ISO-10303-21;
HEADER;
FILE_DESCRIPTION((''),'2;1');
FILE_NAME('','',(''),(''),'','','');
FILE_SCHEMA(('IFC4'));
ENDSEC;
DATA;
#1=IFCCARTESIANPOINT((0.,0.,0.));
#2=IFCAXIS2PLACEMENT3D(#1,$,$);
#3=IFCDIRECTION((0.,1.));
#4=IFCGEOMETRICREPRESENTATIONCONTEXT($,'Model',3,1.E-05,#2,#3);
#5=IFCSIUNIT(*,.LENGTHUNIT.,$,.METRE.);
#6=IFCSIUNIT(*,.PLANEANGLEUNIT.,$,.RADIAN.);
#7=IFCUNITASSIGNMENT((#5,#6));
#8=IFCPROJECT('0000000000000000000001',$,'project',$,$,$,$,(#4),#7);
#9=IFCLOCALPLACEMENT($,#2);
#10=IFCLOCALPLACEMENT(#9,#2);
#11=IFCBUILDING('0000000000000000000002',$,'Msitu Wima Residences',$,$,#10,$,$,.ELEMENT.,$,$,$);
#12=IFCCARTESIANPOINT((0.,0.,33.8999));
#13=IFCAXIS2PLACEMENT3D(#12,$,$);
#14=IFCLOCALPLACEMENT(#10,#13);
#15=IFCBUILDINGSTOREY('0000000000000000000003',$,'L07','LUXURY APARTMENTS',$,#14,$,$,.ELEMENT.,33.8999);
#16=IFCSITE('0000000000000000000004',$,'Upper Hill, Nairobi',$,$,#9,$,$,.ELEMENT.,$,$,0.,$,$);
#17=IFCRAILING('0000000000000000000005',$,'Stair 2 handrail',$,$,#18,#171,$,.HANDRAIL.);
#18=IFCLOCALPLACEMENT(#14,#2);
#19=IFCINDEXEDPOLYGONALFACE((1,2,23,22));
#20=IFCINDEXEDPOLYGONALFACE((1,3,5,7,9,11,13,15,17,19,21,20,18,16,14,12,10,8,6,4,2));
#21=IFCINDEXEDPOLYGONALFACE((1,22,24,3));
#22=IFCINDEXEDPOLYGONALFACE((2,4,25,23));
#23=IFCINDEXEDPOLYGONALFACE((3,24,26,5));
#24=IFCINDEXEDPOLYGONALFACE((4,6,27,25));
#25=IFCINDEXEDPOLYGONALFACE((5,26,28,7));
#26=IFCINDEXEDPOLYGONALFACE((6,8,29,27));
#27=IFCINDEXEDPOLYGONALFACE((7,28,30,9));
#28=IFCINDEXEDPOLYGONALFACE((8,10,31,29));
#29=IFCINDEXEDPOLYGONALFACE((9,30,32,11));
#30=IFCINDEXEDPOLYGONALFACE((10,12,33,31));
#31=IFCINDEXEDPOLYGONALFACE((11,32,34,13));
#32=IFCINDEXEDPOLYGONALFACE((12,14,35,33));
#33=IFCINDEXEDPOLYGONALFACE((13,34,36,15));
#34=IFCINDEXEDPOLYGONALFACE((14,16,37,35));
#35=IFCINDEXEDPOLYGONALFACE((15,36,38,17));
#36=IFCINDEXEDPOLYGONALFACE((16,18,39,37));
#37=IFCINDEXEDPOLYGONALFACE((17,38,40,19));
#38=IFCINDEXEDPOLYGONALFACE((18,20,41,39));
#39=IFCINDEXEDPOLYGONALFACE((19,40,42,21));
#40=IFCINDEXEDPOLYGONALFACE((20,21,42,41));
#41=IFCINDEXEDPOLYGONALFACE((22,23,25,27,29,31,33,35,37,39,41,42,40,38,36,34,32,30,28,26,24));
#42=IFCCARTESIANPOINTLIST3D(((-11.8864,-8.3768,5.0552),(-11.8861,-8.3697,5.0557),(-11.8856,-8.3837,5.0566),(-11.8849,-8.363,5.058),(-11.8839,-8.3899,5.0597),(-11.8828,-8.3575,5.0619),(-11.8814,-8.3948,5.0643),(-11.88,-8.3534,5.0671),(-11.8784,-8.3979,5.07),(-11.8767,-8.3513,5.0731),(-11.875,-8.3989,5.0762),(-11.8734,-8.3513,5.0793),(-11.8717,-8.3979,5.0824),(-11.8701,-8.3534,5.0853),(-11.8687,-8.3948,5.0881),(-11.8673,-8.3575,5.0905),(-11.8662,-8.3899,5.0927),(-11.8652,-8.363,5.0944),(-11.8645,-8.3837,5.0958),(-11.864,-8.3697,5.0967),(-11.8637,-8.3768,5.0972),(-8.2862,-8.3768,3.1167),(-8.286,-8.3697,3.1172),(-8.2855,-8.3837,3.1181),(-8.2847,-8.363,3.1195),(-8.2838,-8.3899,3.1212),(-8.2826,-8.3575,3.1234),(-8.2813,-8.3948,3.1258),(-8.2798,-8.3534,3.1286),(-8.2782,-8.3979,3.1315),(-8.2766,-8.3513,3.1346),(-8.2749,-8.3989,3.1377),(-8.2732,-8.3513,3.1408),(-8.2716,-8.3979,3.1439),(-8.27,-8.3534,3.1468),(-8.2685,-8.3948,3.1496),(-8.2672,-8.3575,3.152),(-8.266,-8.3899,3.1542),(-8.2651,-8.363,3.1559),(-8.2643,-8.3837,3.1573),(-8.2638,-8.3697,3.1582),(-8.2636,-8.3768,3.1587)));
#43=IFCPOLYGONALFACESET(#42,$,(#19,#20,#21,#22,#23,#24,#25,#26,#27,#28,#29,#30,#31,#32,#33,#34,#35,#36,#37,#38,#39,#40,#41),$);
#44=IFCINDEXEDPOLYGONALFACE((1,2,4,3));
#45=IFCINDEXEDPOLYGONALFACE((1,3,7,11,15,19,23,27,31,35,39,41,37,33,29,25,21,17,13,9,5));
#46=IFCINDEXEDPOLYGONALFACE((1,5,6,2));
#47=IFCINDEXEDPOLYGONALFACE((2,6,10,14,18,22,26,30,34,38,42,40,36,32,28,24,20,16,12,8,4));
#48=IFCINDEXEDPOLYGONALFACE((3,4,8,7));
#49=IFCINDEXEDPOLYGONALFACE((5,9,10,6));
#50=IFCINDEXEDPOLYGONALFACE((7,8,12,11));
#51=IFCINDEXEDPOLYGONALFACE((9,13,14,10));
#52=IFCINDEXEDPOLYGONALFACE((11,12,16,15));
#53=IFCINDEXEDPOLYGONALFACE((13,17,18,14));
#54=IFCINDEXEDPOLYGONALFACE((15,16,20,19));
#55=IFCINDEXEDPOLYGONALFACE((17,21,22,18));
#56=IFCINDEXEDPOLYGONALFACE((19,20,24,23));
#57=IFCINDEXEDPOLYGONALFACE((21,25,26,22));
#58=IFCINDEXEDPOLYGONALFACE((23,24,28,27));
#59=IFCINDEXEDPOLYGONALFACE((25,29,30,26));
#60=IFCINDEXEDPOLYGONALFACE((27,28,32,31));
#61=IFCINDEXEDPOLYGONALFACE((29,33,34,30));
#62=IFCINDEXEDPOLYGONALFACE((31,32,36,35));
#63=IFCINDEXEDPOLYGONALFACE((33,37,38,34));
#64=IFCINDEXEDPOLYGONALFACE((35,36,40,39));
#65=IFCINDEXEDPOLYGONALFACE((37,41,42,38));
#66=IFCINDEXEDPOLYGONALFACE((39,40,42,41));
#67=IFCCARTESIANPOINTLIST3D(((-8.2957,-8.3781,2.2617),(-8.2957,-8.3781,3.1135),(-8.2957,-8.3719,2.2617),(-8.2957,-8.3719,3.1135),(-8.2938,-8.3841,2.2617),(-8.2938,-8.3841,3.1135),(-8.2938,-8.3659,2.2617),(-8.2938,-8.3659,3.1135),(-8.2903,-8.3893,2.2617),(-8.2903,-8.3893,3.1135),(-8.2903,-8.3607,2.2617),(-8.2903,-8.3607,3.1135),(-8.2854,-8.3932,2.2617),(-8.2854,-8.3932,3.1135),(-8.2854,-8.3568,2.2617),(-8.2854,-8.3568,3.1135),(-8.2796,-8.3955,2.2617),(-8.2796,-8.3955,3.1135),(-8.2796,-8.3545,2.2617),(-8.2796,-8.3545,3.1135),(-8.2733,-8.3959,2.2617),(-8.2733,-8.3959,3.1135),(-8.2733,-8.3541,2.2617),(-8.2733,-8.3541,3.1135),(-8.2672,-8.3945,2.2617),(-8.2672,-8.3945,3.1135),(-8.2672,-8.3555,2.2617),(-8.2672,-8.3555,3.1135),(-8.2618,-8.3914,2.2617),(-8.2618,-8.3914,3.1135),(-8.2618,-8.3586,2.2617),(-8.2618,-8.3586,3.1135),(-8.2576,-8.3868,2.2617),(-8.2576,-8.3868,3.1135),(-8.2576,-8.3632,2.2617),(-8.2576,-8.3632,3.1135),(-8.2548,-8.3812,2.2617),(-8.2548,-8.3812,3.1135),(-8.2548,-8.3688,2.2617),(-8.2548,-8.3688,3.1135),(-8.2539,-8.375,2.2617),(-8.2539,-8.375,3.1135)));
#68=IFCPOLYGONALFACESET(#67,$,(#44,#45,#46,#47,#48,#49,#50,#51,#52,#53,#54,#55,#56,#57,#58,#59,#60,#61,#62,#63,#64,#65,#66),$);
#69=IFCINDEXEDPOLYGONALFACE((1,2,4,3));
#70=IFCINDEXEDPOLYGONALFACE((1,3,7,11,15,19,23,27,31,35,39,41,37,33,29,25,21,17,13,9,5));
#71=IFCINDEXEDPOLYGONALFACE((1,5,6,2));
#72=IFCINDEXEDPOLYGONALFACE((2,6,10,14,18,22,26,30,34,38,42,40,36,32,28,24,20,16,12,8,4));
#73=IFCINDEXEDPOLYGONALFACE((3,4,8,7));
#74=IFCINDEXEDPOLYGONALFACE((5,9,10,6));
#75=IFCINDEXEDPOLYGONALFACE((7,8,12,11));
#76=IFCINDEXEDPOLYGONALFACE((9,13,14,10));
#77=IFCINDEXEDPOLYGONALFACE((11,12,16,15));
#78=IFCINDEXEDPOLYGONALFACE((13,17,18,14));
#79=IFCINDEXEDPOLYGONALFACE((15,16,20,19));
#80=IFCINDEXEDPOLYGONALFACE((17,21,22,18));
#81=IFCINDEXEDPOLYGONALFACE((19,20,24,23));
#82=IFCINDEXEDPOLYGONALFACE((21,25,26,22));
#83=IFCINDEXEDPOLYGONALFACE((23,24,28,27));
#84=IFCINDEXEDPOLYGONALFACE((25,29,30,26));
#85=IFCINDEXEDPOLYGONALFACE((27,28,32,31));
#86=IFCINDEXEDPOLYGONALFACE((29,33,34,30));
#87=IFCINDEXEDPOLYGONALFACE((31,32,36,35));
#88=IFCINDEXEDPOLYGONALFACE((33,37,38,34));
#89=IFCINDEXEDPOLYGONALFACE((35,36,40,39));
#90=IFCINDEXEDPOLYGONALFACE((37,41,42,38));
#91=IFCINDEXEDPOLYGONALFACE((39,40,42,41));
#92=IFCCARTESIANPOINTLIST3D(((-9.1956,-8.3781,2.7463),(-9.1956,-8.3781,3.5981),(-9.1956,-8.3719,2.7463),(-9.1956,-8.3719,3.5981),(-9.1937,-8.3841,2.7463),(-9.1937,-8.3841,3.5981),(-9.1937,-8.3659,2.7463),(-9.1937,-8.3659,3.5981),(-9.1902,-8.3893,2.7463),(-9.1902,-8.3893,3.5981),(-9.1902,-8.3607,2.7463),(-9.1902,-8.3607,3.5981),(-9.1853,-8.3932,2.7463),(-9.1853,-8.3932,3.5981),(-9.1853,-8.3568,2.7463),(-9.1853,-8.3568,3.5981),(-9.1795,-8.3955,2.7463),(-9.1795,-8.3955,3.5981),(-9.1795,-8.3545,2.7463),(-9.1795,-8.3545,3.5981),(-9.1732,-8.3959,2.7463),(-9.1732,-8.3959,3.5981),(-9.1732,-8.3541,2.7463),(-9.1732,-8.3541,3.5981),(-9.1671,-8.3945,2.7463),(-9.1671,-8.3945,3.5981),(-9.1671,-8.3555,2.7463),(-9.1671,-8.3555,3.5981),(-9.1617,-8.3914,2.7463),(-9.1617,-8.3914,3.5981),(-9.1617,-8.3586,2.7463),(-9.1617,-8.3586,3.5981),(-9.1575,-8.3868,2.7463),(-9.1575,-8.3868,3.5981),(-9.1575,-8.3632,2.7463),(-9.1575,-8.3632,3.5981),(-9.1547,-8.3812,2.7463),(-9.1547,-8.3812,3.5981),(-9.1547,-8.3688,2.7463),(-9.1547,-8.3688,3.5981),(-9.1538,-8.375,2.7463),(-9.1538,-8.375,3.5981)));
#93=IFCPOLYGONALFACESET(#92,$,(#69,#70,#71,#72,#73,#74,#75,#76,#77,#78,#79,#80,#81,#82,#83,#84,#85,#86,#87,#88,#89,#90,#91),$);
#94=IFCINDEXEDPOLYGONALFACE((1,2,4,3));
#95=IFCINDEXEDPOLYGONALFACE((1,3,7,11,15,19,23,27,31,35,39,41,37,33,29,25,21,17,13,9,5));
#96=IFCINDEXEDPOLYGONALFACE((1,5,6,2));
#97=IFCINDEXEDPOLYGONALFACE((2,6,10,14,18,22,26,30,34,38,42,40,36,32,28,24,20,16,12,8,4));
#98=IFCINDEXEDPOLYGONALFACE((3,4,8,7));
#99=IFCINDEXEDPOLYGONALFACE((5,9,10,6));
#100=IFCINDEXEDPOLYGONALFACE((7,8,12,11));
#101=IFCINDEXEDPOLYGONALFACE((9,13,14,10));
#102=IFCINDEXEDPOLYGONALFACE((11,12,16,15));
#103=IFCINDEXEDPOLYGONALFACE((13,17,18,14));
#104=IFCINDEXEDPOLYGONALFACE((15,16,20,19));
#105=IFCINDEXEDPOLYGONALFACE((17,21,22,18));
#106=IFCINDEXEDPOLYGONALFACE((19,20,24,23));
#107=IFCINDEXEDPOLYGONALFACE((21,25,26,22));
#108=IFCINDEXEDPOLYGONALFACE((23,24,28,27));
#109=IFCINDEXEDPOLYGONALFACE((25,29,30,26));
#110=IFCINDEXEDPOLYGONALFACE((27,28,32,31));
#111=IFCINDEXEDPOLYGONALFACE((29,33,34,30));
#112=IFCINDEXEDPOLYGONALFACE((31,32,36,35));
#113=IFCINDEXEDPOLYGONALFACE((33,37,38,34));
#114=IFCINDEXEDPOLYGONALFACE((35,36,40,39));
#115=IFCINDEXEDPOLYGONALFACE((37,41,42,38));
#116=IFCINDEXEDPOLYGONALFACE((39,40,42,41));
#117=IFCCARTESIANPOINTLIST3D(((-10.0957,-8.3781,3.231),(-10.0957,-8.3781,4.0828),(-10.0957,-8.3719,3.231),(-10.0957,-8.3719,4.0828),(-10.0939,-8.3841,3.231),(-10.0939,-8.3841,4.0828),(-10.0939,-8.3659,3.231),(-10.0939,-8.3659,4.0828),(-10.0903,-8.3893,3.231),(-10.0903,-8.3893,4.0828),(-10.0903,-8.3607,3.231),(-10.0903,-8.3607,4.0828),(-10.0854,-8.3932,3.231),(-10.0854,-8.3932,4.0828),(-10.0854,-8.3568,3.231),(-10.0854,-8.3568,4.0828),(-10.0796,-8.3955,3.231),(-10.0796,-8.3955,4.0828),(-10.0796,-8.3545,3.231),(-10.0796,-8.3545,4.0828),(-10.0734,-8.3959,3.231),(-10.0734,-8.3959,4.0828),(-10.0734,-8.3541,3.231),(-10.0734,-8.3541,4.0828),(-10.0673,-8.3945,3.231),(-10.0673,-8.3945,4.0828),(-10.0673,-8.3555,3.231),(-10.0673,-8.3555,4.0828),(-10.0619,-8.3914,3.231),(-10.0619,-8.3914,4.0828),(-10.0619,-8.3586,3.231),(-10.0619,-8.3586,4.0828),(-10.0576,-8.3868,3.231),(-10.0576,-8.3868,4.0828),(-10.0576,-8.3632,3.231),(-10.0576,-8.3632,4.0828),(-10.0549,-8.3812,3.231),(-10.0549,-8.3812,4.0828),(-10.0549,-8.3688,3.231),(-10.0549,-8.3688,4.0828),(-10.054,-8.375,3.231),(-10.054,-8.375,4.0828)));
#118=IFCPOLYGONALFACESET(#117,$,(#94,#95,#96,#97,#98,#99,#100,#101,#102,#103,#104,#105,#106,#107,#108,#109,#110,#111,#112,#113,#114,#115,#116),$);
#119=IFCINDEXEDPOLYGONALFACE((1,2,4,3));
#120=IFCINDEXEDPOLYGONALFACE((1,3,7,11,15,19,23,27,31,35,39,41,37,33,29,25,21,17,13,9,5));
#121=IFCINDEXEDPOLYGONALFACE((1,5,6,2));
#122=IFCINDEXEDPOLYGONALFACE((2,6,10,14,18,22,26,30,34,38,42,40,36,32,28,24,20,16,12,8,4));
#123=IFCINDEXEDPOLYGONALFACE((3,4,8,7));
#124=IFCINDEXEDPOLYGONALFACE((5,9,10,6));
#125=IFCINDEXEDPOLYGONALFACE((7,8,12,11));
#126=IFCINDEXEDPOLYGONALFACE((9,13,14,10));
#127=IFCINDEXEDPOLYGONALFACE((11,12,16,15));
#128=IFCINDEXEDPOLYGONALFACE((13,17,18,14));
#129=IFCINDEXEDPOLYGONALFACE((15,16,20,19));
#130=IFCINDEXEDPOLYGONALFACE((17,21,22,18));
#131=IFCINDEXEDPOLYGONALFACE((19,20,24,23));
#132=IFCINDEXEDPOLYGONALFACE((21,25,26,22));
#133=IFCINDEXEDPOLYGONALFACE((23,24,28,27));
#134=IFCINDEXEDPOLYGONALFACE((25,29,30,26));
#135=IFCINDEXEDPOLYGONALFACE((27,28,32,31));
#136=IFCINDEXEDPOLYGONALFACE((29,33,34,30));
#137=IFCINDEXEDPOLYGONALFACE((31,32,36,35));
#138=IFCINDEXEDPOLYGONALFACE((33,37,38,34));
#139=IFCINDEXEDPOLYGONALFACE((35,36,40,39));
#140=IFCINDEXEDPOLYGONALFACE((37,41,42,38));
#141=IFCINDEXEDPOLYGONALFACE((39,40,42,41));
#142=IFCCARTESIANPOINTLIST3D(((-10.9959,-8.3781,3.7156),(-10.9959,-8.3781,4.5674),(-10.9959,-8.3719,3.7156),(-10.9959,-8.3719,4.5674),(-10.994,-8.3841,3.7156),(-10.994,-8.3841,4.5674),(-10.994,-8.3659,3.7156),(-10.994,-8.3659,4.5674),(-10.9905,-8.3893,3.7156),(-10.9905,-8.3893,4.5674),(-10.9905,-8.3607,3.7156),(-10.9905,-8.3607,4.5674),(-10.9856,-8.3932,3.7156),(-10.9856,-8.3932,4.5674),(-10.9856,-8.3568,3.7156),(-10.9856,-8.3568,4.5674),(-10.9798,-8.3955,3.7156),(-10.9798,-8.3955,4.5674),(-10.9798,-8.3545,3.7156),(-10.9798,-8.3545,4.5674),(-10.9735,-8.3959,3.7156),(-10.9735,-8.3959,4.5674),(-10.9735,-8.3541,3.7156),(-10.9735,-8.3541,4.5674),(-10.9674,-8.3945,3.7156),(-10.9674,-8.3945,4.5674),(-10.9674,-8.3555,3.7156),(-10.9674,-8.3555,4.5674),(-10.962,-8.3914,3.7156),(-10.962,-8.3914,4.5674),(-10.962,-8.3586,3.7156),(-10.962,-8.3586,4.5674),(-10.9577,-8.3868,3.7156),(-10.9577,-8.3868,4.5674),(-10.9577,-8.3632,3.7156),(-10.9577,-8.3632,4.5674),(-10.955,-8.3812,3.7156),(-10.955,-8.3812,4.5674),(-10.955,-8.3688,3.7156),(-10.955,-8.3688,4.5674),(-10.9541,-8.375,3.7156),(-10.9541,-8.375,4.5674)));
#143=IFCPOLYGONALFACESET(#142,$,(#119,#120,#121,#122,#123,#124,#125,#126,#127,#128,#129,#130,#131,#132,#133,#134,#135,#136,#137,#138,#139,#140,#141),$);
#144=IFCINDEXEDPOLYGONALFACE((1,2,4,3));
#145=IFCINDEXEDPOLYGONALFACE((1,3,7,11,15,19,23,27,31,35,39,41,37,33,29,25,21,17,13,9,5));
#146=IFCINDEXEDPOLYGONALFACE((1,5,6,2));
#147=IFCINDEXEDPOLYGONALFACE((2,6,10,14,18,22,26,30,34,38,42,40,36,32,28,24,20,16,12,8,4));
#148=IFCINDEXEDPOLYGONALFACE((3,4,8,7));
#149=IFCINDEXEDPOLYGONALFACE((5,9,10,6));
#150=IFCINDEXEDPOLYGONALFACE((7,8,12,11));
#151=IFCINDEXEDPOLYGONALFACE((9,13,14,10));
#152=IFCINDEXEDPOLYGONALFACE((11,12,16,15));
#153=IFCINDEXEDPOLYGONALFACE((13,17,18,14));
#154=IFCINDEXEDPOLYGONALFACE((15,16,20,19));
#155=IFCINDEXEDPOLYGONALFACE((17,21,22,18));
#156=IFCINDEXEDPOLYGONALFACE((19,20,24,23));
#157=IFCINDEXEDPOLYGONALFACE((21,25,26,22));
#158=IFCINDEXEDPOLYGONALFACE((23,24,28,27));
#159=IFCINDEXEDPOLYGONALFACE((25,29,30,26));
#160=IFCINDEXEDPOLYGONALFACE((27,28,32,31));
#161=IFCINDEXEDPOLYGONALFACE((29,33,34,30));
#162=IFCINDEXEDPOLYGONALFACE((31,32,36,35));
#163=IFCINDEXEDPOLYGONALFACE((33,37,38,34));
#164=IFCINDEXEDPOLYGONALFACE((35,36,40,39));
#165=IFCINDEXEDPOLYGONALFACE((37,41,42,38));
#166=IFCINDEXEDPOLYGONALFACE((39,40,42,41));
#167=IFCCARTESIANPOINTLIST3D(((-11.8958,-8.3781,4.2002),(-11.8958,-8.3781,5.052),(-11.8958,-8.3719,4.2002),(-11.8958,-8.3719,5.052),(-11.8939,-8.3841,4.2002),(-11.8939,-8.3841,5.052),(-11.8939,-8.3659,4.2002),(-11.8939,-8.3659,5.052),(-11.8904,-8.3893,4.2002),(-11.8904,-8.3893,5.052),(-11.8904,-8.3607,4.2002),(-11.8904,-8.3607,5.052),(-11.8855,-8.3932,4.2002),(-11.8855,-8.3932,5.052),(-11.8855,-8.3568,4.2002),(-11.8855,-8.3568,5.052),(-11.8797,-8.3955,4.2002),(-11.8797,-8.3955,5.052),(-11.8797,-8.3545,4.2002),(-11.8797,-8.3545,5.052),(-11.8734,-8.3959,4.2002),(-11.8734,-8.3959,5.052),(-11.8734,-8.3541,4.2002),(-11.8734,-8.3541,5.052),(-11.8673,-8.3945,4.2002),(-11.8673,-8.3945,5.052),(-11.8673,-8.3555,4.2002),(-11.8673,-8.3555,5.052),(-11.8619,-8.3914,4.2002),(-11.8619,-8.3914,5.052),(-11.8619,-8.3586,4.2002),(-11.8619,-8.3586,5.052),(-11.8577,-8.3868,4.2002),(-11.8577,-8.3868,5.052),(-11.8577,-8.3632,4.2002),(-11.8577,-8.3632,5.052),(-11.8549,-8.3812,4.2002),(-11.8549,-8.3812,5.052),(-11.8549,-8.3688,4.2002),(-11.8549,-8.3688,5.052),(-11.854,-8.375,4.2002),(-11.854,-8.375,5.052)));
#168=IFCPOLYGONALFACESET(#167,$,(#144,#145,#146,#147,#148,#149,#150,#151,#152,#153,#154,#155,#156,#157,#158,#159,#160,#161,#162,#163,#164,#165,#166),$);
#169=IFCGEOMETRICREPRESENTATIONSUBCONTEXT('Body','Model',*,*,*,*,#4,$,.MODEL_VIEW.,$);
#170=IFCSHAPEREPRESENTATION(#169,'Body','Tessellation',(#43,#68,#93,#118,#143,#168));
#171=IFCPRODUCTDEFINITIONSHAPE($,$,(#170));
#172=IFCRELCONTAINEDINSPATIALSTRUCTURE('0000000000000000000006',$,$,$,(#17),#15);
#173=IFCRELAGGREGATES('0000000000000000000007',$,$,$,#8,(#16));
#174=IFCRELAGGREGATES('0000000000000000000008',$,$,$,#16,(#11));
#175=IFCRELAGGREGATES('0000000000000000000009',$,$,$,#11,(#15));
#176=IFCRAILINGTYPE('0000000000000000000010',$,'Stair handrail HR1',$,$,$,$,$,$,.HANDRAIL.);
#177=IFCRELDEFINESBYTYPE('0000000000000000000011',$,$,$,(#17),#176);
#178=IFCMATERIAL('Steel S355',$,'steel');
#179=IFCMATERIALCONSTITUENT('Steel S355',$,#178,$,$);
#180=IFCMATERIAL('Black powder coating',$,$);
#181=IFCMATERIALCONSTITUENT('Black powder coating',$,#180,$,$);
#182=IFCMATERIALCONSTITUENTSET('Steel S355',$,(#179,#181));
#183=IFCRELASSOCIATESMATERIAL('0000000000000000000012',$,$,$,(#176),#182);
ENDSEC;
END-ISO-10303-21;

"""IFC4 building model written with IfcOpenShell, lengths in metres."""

from ifc_helpers import new_model, si_unit, direction, frame, origin, origin_2d, place, context, subcontext, project, spatial, circle, extrude, material, constituent, constituent_set, type_object, element, save


model = new_model("IFC4")

# Units and contexts
model_context = context("Model", 3, precision=1e-05, world=origin(), true_north=direction((0.0, 1.0)))
body_context = subcontext(model_context, "Body", "Model", "MODEL_VIEW")
ifc_project = project(units=[si_unit("LENGTHUNIT", "METRE"), si_unit("PLANEANGLEUNIT", "RADIAN")], contexts=[model_context])

# Site, building, storey
site_placement = place(None, origin())
site = spatial("IfcSite", under=ifc_project, at=site_placement, Name="Upper Hill, Nairobi", CompositionType="ELEMENT", RefElevation=0.0)
building_placement = place(site_placement, origin())
building = spatial("IfcBuilding", under=site, at=building_placement, Name="Msitu Wima Residences", CompositionType="ELEMENT")
storey_placement = place(building_placement, frame((0.0, 0.0, 33.8999)))
storey = spatial("IfcBuildingStorey", under=building, at=storey_placement, Name="L07", Description="LUXURY APARTMENTS", CompositionType="ELEMENT", Elevation=33.8999)

# Railing
ifc_material_1 = material(Name="Steel S355", Category="steel")
ifc_constituent_1 = constituent(ifc_material_1, Name="Steel S355")
ifc_material_2 = material(Name="Black powder coating")
ifc_constituent_2 = constituent(ifc_material_2, Name="Black powder coating")
ifc_constituent_set = constituent_set(constituents=[ifc_constituent_1, ifc_constituent_2], Name="Steel S355")
railing_type = type_object("IfcRailingType", Name="Stair handrail HR1", PredefinedType="HANDRAIL", material=ifc_constituent_set)
railing_placement = place(storey_placement, frame((-8.2749, -8.375, 2.2617)))
element("IfcRailing", 1, at=railing_placement, inside=storey, type_object=railing_type, Name="Stair 2 handrail", PredefinedType="HANDRAIL", context=body_context, shape_type="SweptSolid", body=[
    extrude(circle(Radius=0.0239, at=origin_2d()), frame((0.0, 0.0, 0.876), z_axis=(-0.880475, 0.0, 0.474093), x_axis=(0.0, -1.0, 0.0)), (0.0, 0.0, 1.0), 4.0889),
    extrude(circle(Radius=0.021, at=origin_2d()), origin(), (0.0, 0.0, 1.0), 0.8518),
    extrude(circle(Radius=0.021, at=origin_2d()), frame((-0.8999, 0.0, 0.4846)), (0.0, 0.0, 1.0), 0.8518),
    extrude(circle(Radius=0.021, at=origin_2d()), frame((-1.8, 0.0, 0.9692)), (0.0, 0.0, 1.0), 0.8518),
    extrude(circle(Radius=0.021, at=origin_2d()), frame((-2.7002, 0.0, 1.4539)), (0.0, 0.0, 1.0), 0.8518),
    extrude(circle(Radius=0.021, at=origin_2d()), frame((-3.6001, 0.0, 1.9385)), (0.0, 0.0, 1.0), 0.8518),
])

save(model, "model.ifc")
